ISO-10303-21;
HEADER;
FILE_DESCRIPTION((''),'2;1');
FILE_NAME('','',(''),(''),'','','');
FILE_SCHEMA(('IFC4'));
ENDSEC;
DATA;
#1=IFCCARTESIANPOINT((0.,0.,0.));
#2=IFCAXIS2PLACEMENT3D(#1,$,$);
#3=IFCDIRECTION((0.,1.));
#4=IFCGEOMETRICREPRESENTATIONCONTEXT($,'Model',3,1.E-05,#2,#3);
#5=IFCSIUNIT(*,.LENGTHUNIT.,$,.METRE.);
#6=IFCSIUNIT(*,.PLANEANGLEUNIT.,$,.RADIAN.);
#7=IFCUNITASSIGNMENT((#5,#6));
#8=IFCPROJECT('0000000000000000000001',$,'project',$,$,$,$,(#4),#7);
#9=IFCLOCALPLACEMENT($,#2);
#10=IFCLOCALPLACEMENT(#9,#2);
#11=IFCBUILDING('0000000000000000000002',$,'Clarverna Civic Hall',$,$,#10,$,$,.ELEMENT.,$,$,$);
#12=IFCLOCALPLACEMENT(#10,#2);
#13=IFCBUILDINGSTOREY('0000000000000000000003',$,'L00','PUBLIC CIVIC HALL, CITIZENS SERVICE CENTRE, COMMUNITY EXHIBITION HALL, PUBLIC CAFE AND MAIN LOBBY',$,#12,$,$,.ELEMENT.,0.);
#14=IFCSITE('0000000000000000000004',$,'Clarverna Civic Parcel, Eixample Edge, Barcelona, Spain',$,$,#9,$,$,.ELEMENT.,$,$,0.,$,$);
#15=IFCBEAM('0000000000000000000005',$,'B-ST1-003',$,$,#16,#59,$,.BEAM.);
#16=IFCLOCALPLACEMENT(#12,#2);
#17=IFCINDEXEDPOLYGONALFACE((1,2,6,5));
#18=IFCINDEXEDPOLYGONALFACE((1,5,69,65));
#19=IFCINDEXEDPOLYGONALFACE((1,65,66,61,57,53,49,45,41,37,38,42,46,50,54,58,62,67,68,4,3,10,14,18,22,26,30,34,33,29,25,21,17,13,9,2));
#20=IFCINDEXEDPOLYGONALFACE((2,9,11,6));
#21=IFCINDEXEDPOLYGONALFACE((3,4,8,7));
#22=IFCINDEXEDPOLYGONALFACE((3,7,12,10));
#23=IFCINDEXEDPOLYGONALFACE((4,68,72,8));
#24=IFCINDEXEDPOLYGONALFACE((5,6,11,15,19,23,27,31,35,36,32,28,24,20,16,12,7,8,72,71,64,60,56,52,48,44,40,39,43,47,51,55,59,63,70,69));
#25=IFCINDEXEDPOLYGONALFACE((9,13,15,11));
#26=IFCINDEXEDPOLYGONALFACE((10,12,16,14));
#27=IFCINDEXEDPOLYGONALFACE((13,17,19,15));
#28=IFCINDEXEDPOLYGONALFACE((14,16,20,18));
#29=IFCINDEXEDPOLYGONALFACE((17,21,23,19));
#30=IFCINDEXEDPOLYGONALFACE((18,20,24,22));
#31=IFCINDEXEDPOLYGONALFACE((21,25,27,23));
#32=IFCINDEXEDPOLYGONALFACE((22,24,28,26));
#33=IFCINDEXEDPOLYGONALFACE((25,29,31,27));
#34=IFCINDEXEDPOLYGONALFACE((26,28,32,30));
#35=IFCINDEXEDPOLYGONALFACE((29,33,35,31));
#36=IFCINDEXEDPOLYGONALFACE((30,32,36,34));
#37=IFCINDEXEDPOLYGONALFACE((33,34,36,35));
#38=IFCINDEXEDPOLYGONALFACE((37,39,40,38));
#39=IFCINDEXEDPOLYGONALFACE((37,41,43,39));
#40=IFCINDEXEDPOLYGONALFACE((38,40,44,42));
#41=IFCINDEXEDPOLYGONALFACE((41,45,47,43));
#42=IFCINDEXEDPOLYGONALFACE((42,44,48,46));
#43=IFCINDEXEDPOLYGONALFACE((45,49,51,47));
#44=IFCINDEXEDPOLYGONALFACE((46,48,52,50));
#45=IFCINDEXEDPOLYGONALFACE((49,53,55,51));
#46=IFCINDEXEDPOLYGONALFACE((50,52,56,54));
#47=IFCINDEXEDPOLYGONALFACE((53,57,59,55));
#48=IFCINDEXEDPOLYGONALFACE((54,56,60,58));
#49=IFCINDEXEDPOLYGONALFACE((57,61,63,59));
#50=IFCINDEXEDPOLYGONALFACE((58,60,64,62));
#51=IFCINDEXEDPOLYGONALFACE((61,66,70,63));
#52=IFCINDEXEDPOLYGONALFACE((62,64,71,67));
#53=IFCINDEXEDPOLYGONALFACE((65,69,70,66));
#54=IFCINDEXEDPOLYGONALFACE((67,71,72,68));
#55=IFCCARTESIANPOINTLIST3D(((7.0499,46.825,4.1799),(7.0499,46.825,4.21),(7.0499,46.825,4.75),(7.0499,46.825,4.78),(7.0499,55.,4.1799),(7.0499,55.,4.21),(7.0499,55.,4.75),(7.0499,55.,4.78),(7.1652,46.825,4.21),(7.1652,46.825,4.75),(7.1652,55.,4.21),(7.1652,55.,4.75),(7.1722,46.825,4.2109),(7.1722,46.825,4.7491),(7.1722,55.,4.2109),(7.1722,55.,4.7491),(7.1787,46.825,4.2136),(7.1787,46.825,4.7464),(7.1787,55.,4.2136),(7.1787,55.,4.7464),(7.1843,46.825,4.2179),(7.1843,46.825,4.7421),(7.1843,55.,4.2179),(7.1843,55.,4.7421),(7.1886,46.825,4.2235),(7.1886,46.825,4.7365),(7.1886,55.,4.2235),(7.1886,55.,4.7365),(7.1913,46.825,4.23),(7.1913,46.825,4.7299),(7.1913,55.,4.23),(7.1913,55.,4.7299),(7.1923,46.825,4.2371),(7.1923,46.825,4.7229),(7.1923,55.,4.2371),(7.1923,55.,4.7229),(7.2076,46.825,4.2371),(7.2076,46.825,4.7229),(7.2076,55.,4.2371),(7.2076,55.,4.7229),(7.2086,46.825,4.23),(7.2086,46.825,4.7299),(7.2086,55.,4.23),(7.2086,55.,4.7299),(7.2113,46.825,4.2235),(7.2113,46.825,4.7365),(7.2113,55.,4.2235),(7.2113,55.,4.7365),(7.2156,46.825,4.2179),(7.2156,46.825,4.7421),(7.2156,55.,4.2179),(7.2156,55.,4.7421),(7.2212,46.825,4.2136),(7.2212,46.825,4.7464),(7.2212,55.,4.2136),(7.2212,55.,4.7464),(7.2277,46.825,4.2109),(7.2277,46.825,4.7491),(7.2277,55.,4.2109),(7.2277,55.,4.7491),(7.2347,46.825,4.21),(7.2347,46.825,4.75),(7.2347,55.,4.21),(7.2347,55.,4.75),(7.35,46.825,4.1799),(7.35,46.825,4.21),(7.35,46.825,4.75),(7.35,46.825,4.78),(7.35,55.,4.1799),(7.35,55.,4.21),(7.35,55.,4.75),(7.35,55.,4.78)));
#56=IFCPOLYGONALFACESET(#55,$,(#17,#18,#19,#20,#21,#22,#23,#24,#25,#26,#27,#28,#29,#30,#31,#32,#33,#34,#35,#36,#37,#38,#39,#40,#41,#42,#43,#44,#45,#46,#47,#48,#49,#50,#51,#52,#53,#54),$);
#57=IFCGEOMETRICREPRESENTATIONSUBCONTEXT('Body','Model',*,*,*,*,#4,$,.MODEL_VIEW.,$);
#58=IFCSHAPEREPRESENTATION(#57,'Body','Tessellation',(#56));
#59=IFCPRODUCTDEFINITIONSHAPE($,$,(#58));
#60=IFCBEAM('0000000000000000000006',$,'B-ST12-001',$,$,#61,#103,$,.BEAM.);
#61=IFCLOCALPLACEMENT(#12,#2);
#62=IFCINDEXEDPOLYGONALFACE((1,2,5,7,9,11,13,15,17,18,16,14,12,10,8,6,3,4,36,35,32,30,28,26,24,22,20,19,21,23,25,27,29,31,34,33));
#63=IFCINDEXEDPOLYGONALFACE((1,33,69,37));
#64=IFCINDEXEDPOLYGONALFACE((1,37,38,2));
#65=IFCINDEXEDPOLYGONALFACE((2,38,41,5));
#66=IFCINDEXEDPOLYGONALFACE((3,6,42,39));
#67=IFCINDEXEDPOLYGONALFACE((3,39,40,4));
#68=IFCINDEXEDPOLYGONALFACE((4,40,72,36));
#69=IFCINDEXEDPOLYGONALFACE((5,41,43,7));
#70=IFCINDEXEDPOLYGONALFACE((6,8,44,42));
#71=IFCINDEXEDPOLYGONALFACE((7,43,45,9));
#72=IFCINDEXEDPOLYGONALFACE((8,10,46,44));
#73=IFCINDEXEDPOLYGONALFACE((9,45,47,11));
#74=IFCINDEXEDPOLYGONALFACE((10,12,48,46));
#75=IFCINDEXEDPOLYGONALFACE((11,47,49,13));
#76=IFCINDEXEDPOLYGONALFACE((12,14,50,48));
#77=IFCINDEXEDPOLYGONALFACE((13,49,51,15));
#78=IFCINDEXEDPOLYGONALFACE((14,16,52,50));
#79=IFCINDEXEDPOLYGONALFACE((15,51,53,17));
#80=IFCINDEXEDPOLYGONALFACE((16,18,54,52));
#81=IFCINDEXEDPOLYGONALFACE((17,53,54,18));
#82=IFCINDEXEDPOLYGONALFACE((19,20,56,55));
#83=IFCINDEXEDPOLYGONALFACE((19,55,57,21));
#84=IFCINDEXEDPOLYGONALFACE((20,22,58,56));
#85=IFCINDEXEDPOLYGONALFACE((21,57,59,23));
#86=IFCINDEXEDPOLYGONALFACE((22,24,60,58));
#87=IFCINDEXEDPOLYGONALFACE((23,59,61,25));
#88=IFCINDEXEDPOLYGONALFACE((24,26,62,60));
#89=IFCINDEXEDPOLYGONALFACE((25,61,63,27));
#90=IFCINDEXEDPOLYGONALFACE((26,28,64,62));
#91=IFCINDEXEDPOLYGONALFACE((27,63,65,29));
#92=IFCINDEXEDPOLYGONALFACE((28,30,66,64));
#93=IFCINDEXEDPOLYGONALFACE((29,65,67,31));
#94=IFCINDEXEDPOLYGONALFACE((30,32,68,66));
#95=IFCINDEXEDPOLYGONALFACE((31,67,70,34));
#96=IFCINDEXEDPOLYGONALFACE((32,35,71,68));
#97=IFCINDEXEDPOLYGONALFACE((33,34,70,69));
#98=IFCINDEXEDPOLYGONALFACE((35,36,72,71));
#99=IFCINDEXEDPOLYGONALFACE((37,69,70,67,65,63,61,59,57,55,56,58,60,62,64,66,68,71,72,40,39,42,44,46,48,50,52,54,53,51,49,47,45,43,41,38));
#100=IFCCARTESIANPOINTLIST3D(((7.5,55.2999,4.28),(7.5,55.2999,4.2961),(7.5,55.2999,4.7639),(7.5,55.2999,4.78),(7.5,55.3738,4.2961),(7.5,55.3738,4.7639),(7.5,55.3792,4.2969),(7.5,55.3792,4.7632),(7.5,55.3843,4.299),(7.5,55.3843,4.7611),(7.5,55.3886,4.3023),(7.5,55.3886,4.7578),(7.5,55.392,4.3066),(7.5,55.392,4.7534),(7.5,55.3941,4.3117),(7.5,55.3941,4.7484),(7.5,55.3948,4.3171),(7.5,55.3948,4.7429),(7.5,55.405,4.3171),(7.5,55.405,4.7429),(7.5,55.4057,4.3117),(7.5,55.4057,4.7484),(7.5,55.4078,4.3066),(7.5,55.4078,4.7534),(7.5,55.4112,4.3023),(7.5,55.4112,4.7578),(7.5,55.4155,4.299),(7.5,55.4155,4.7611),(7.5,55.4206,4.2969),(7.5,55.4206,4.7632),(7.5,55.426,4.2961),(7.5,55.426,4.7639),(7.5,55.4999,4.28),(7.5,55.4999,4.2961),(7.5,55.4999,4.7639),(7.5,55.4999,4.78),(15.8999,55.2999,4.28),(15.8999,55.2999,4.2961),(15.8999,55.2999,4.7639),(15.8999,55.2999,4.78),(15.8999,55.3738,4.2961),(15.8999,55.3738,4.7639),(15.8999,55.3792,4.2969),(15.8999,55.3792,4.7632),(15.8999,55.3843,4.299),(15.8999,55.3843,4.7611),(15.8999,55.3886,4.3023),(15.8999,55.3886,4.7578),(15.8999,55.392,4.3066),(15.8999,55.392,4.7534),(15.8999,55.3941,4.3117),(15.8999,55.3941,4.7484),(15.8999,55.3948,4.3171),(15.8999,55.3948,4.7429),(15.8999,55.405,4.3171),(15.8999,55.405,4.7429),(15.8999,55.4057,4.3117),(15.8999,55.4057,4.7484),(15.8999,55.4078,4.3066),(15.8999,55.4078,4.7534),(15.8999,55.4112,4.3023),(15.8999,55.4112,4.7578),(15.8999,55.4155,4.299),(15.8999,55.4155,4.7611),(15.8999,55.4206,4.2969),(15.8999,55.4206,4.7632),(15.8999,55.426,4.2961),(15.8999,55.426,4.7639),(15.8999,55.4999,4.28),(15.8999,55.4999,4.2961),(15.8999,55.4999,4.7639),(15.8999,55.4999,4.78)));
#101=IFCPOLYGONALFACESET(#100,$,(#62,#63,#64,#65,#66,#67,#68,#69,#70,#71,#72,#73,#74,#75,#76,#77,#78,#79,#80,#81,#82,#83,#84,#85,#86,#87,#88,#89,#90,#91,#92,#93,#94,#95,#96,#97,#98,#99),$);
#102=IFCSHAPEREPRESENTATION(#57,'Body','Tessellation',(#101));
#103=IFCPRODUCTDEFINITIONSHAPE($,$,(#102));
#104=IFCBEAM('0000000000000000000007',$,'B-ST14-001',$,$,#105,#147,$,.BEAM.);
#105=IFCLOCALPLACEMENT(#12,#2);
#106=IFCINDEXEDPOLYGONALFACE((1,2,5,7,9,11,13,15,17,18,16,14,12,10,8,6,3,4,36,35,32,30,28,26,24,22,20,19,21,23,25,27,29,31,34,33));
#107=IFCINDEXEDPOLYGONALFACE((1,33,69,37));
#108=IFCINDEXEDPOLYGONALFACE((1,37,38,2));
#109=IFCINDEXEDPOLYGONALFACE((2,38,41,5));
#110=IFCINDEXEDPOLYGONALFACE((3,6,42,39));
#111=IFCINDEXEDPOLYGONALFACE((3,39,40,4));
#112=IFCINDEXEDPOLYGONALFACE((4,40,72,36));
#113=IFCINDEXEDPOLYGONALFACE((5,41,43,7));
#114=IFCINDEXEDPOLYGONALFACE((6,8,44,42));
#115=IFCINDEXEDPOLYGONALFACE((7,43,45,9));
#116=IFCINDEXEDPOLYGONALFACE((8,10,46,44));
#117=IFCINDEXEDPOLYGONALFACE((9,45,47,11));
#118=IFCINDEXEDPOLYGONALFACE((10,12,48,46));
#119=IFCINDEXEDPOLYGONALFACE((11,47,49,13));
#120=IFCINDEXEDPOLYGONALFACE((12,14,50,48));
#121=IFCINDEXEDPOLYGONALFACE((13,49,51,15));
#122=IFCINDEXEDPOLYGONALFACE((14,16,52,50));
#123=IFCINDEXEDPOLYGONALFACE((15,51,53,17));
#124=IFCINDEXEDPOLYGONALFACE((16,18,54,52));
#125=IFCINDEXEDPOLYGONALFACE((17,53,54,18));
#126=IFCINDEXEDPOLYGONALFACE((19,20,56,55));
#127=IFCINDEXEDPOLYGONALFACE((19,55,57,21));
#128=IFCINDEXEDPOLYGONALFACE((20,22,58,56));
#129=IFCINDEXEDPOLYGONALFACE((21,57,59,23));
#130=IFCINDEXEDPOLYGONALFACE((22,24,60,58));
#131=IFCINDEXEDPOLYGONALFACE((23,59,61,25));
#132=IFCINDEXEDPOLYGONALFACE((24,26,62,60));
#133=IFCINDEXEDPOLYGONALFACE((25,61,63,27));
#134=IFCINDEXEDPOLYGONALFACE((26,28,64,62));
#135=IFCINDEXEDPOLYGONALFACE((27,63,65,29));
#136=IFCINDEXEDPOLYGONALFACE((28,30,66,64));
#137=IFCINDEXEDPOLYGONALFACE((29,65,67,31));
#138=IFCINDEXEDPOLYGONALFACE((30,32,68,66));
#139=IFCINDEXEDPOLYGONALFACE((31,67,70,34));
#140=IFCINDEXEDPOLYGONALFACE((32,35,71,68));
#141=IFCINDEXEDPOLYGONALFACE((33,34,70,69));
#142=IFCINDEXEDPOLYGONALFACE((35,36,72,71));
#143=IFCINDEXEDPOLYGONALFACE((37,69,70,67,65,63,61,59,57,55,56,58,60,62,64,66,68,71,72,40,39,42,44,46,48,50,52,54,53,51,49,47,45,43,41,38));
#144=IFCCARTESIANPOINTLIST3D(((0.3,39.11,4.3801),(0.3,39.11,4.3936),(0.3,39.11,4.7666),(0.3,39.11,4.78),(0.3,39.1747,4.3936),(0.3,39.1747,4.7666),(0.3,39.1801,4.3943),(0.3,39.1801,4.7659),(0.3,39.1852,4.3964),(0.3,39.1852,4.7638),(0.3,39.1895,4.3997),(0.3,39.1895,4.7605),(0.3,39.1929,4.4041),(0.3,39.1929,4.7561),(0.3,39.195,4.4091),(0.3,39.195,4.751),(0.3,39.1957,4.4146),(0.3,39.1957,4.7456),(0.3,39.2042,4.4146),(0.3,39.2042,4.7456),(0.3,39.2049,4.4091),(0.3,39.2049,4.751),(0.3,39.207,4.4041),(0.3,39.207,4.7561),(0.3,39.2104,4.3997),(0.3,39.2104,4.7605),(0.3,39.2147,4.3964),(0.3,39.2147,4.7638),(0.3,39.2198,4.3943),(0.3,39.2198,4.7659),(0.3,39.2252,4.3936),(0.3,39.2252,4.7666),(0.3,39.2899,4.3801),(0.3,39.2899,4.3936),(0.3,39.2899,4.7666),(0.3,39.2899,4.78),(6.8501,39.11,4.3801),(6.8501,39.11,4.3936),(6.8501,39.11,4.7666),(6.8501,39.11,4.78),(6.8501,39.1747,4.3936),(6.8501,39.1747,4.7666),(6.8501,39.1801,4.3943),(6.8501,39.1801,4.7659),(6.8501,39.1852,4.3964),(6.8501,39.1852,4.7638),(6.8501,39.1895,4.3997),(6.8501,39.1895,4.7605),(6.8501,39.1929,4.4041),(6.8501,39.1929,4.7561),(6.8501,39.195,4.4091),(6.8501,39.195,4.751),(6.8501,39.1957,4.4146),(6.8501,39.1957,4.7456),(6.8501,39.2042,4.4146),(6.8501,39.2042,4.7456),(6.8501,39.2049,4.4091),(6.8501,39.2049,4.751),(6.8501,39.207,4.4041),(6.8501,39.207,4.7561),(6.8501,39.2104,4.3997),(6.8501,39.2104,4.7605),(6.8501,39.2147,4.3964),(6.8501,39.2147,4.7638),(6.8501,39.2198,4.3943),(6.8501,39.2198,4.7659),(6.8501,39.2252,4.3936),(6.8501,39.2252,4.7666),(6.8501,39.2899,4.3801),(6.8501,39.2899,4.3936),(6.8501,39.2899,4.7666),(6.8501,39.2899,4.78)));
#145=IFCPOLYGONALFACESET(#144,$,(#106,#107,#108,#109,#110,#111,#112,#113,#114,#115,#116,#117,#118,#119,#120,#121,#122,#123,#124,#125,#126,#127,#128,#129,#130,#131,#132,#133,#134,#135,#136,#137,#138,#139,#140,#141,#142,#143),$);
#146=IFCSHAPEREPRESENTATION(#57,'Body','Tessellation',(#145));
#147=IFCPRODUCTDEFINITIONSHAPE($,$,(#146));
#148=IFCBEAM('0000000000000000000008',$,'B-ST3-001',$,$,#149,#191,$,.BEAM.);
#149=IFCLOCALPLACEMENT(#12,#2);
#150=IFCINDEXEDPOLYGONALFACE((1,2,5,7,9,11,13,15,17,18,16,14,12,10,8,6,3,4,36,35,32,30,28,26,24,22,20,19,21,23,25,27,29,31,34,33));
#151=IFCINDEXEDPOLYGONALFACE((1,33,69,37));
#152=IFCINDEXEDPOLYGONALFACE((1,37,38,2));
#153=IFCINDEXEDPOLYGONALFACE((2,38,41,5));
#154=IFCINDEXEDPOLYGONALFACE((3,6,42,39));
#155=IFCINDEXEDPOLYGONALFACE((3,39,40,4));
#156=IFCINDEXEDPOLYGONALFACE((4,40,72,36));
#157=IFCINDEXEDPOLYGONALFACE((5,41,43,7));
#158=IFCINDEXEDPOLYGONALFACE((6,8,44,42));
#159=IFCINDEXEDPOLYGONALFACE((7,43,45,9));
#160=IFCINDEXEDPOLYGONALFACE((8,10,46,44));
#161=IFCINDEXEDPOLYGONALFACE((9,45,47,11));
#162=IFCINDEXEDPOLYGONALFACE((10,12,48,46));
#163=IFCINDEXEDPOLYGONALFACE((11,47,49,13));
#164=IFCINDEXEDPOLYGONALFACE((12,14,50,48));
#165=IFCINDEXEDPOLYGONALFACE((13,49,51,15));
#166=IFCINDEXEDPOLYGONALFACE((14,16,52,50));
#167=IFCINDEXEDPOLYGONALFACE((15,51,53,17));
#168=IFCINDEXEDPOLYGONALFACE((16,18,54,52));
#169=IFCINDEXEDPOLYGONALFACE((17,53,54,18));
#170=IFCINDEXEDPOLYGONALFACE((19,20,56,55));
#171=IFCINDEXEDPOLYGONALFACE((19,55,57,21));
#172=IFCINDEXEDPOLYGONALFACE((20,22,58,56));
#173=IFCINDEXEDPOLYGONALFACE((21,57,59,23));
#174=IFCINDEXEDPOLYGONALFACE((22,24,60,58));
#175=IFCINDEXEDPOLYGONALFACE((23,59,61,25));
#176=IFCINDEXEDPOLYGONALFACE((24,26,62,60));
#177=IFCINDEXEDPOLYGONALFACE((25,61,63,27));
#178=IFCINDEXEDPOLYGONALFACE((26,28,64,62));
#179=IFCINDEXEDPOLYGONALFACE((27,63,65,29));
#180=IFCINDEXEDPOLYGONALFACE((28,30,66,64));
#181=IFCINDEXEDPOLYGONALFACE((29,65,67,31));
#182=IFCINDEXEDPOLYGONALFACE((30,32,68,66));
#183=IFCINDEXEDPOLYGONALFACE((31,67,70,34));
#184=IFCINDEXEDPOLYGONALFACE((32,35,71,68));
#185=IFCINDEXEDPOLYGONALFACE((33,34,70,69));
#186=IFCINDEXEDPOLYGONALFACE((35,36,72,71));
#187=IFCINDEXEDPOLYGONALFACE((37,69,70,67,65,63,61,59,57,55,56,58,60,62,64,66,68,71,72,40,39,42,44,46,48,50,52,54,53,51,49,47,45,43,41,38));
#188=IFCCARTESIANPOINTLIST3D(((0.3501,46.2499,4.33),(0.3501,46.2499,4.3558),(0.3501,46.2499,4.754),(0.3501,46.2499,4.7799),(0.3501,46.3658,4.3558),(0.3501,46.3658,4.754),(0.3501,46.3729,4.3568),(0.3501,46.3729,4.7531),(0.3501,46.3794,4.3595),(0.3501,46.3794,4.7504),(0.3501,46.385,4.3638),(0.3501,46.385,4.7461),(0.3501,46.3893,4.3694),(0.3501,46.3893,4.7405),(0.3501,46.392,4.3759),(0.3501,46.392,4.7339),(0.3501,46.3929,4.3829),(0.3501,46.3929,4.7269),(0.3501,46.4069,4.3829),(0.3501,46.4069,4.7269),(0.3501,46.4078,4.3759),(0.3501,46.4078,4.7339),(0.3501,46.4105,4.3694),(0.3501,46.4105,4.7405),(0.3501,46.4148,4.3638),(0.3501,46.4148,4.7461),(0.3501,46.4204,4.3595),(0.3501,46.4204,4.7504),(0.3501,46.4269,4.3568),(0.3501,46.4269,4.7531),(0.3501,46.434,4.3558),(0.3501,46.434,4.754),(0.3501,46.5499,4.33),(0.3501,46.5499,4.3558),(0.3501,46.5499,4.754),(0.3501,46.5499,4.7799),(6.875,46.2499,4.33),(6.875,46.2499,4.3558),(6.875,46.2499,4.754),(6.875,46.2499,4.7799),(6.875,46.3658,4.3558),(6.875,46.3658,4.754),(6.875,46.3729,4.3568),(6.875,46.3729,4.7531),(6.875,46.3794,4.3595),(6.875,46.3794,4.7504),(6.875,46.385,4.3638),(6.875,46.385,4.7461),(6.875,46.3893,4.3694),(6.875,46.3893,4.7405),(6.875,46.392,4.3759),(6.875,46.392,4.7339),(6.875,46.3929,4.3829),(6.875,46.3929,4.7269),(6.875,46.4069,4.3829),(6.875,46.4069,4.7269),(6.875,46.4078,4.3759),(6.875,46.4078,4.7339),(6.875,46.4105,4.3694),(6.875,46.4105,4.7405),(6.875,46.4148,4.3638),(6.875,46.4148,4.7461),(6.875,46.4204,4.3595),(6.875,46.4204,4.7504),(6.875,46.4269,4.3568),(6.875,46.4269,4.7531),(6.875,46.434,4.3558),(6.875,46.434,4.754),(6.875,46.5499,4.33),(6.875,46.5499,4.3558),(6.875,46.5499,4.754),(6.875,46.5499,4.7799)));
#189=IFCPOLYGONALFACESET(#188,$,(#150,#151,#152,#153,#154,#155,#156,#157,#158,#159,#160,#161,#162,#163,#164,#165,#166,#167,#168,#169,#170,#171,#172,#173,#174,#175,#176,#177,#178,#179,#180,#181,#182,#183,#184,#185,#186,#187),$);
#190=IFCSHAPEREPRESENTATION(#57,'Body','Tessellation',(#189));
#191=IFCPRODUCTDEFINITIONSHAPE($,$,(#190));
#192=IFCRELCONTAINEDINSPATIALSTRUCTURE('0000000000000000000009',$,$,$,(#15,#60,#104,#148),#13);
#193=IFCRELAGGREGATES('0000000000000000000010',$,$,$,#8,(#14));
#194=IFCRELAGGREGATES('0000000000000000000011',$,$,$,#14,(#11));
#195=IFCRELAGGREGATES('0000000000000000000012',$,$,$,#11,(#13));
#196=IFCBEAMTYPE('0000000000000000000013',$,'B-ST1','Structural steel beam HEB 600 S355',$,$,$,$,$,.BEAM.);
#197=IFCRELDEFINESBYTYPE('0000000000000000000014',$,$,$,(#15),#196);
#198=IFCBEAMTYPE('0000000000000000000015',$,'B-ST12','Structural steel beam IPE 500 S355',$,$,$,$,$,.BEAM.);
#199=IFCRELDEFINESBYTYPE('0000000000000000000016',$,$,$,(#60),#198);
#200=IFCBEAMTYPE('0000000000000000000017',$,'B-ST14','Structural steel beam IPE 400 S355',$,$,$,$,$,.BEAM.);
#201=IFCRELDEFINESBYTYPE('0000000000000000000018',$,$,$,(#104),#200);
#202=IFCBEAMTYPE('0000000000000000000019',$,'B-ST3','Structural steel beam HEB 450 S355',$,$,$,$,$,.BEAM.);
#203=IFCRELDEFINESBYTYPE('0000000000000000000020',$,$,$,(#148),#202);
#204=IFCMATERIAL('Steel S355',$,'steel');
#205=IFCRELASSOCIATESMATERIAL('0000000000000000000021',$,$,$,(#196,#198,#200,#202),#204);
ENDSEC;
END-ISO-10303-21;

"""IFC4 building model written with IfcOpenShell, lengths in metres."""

from ifc_helpers import new_model, si_unit, direction, frame, origin, origin_2d, place, context, subcontext, project, spatial, i_section, extrude, material, material_profile, profile_set, type_object, element, save


model = new_model("IFC4")

# Units and contexts
model_context = context("Model", 3, precision=1e-05, world=origin(), true_north=direction((0.0, 1.0)))
body_context = subcontext(model_context, "Body", "Model", "MODEL_VIEW")
ifc_project = project(units=[si_unit("LENGTHUNIT", "METRE"), si_unit("PLANEANGLEUNIT", "RADIAN")], contexts=[model_context])

# Site, building, storey
site_placement = place(None, origin())
site = spatial("IfcSite", under=ifc_project, at=site_placement, Name="Clarverna Civic Parcel, Eixample Edge, Barcelona, Spain", CompositionType="ELEMENT", RefElevation=0.0)
building_placement = place(site_placement, origin())
building = spatial("IfcBuilding", under=site, at=building_placement, Name="Clarverna Civic Hall", CompositionType="ELEMENT")
storey_placement = place(building_placement, origin())
storey = spatial("IfcBuildingStorey", under=building, at=storey_placement, Name="L00", Description="PUBLIC CIVIC HALL, CITIZENS SERVICE CENTRE, COMMUNITY EXHIBITION HALL, PUBLIC CAFE AND MAIN LOBBY", CompositionType="ELEMENT", Elevation=0.0)

# Beams
ifc_material_1 = material(Name="Steel S355", Category="steel")
ifc_material_profile_1 = material_profile(ifc_material_1, i_section(OverallWidth=0.3, OverallDepth=0.6001, WebThickness=0.0154, FlangeThickness=0.03, FilletRadius=0.0271, at=origin_2d()), Name="HEB 600")
ifc_profile_set_1 = profile_set([ifc_material_profile_1], Name="Steel S355")
beam_type_1 = type_object("IfcBeamType", Name="B-ST1", Description="Structural steel beam HEB 600 S355", PredefinedType="BEAM", material=ifc_profile_set_1)
beam_1_placement = place(storey_placement, frame((7.2, 46.825, 4.48), z_axis=(0.0, 1.0, 0.0), x_axis=(-1.0, 0.0, 0.0)))
element("IfcBeam", 1, at=beam_1_placement, inside=storey, type_object=beam_type_1, Name="B-ST1-003", PredefinedType="BEAM", context=body_context, shape_type="SweptSolid", body=[
    extrude(i_section(OverallWidth=0.3, OverallDepth=0.6001, WebThickness=0.0154, FlangeThickness=0.03, FilletRadius=0.0271, at=origin_2d()), origin(), (0.0, 0.0, 1.0), 8.175),
])
ifc_material_profile_2 = material_profile(ifc_material_1, i_section(OverallWidth=0.2, OverallDepth=0.5, WebThickness=0.0103, FlangeThickness=0.0161, FilletRadius=0.021, at=origin_2d()), Name="IPE 500")
ifc_profile_set_2 = profile_set([ifc_material_profile_2], Name="Steel S355")
beam_type_2 = type_object("IfcBeamType", Name="B-ST12", Description="Structural steel beam IPE 500 S355", PredefinedType="BEAM", material=ifc_profile_set_2)
beam_2_placement = place(storey_placement, frame((7.5, 55.3999, 4.53), z_axis=(1.0, 0.0, 0.0), x_axis=(0.0, 1.0, 0.0)))
element("IfcBeam", 2, at=beam_2_placement, inside=storey, type_object=beam_type_2, Name="B-ST12-001", PredefinedType="BEAM", context=body_context, shape_type="SweptSolid", body=[
    extrude(i_section(OverallWidth=0.2, OverallDepth=0.5, WebThickness=0.0103, FlangeThickness=0.0161, FilletRadius=0.021, at=origin_2d()), origin(), (0.0, 0.0, 1.0), 8.3999),
])
ifc_material_profile_3 = material_profile(ifc_material_1, i_section(OverallWidth=0.1799, OverallDepth=0.3999, WebThickness=0.0085, FlangeThickness=0.0134, FilletRadius=0.021, at=origin_2d()), Name="IPE 400")
ifc_profile_set_3 = profile_set([ifc_material_profile_3], Name="Steel S355")
beam_type_3 = type_object("IfcBeamType", Name="B-ST14", Description="Structural steel beam IPE 400 S355", PredefinedType="BEAM", material=ifc_profile_set_3)
beam_3_placement = place(storey_placement, frame((0.3, 39.2, 4.5801), z_axis=(1.0, 0.0, 0.0), x_axis=(0.0, 1.0, 0.0)))
element("IfcBeam", 3, at=beam_3_placement, inside=storey, type_object=beam_type_3, Name="B-ST14-001", PredefinedType="BEAM", context=body_context, shape_type="SweptSolid", body=[
    extrude(i_section(OverallWidth=0.1799, OverallDepth=0.3999, WebThickness=0.0085, FlangeThickness=0.0134, FilletRadius=0.021, at=origin_2d()), origin(), (0.0, 0.0, 1.0), 6.55),
])
ifc_material_profile_4 = material_profile(ifc_material_1, i_section(OverallWidth=0.3, OverallDepth=0.45, WebThickness=0.0139, FlangeThickness=0.0259, FilletRadius=0.0271, at=origin_2d()), Name="HEB 450")
ifc_profile_set_4 = profile_set([ifc_material_profile_4], Name="Steel S355")
beam_type_4 = type_object("IfcBeamType", Name="B-ST3", Description="Structural steel beam HEB 450 S355", PredefinedType="BEAM", material=ifc_profile_set_4)
beam_4_placement = place(storey_placement, frame((0.3501, 46.3999, 4.5549), z_axis=(1.0, 0.0, 0.0), x_axis=(0.0, 1.0, 0.0)))
element("IfcBeam", 4, at=beam_4_placement, inside=storey, type_object=beam_type_4, Name="B-ST3-001", PredefinedType="BEAM", context=body_context, shape_type="SweptSolid", body=[
    extrude(i_section(OverallWidth=0.3, OverallDepth=0.45, WebThickness=0.0139, FlangeThickness=0.0259, FilletRadius=0.0271, at=origin_2d()), origin(), (0.0, 0.0, 1.0), 6.5249),
])

save(model, "model.ifc")
